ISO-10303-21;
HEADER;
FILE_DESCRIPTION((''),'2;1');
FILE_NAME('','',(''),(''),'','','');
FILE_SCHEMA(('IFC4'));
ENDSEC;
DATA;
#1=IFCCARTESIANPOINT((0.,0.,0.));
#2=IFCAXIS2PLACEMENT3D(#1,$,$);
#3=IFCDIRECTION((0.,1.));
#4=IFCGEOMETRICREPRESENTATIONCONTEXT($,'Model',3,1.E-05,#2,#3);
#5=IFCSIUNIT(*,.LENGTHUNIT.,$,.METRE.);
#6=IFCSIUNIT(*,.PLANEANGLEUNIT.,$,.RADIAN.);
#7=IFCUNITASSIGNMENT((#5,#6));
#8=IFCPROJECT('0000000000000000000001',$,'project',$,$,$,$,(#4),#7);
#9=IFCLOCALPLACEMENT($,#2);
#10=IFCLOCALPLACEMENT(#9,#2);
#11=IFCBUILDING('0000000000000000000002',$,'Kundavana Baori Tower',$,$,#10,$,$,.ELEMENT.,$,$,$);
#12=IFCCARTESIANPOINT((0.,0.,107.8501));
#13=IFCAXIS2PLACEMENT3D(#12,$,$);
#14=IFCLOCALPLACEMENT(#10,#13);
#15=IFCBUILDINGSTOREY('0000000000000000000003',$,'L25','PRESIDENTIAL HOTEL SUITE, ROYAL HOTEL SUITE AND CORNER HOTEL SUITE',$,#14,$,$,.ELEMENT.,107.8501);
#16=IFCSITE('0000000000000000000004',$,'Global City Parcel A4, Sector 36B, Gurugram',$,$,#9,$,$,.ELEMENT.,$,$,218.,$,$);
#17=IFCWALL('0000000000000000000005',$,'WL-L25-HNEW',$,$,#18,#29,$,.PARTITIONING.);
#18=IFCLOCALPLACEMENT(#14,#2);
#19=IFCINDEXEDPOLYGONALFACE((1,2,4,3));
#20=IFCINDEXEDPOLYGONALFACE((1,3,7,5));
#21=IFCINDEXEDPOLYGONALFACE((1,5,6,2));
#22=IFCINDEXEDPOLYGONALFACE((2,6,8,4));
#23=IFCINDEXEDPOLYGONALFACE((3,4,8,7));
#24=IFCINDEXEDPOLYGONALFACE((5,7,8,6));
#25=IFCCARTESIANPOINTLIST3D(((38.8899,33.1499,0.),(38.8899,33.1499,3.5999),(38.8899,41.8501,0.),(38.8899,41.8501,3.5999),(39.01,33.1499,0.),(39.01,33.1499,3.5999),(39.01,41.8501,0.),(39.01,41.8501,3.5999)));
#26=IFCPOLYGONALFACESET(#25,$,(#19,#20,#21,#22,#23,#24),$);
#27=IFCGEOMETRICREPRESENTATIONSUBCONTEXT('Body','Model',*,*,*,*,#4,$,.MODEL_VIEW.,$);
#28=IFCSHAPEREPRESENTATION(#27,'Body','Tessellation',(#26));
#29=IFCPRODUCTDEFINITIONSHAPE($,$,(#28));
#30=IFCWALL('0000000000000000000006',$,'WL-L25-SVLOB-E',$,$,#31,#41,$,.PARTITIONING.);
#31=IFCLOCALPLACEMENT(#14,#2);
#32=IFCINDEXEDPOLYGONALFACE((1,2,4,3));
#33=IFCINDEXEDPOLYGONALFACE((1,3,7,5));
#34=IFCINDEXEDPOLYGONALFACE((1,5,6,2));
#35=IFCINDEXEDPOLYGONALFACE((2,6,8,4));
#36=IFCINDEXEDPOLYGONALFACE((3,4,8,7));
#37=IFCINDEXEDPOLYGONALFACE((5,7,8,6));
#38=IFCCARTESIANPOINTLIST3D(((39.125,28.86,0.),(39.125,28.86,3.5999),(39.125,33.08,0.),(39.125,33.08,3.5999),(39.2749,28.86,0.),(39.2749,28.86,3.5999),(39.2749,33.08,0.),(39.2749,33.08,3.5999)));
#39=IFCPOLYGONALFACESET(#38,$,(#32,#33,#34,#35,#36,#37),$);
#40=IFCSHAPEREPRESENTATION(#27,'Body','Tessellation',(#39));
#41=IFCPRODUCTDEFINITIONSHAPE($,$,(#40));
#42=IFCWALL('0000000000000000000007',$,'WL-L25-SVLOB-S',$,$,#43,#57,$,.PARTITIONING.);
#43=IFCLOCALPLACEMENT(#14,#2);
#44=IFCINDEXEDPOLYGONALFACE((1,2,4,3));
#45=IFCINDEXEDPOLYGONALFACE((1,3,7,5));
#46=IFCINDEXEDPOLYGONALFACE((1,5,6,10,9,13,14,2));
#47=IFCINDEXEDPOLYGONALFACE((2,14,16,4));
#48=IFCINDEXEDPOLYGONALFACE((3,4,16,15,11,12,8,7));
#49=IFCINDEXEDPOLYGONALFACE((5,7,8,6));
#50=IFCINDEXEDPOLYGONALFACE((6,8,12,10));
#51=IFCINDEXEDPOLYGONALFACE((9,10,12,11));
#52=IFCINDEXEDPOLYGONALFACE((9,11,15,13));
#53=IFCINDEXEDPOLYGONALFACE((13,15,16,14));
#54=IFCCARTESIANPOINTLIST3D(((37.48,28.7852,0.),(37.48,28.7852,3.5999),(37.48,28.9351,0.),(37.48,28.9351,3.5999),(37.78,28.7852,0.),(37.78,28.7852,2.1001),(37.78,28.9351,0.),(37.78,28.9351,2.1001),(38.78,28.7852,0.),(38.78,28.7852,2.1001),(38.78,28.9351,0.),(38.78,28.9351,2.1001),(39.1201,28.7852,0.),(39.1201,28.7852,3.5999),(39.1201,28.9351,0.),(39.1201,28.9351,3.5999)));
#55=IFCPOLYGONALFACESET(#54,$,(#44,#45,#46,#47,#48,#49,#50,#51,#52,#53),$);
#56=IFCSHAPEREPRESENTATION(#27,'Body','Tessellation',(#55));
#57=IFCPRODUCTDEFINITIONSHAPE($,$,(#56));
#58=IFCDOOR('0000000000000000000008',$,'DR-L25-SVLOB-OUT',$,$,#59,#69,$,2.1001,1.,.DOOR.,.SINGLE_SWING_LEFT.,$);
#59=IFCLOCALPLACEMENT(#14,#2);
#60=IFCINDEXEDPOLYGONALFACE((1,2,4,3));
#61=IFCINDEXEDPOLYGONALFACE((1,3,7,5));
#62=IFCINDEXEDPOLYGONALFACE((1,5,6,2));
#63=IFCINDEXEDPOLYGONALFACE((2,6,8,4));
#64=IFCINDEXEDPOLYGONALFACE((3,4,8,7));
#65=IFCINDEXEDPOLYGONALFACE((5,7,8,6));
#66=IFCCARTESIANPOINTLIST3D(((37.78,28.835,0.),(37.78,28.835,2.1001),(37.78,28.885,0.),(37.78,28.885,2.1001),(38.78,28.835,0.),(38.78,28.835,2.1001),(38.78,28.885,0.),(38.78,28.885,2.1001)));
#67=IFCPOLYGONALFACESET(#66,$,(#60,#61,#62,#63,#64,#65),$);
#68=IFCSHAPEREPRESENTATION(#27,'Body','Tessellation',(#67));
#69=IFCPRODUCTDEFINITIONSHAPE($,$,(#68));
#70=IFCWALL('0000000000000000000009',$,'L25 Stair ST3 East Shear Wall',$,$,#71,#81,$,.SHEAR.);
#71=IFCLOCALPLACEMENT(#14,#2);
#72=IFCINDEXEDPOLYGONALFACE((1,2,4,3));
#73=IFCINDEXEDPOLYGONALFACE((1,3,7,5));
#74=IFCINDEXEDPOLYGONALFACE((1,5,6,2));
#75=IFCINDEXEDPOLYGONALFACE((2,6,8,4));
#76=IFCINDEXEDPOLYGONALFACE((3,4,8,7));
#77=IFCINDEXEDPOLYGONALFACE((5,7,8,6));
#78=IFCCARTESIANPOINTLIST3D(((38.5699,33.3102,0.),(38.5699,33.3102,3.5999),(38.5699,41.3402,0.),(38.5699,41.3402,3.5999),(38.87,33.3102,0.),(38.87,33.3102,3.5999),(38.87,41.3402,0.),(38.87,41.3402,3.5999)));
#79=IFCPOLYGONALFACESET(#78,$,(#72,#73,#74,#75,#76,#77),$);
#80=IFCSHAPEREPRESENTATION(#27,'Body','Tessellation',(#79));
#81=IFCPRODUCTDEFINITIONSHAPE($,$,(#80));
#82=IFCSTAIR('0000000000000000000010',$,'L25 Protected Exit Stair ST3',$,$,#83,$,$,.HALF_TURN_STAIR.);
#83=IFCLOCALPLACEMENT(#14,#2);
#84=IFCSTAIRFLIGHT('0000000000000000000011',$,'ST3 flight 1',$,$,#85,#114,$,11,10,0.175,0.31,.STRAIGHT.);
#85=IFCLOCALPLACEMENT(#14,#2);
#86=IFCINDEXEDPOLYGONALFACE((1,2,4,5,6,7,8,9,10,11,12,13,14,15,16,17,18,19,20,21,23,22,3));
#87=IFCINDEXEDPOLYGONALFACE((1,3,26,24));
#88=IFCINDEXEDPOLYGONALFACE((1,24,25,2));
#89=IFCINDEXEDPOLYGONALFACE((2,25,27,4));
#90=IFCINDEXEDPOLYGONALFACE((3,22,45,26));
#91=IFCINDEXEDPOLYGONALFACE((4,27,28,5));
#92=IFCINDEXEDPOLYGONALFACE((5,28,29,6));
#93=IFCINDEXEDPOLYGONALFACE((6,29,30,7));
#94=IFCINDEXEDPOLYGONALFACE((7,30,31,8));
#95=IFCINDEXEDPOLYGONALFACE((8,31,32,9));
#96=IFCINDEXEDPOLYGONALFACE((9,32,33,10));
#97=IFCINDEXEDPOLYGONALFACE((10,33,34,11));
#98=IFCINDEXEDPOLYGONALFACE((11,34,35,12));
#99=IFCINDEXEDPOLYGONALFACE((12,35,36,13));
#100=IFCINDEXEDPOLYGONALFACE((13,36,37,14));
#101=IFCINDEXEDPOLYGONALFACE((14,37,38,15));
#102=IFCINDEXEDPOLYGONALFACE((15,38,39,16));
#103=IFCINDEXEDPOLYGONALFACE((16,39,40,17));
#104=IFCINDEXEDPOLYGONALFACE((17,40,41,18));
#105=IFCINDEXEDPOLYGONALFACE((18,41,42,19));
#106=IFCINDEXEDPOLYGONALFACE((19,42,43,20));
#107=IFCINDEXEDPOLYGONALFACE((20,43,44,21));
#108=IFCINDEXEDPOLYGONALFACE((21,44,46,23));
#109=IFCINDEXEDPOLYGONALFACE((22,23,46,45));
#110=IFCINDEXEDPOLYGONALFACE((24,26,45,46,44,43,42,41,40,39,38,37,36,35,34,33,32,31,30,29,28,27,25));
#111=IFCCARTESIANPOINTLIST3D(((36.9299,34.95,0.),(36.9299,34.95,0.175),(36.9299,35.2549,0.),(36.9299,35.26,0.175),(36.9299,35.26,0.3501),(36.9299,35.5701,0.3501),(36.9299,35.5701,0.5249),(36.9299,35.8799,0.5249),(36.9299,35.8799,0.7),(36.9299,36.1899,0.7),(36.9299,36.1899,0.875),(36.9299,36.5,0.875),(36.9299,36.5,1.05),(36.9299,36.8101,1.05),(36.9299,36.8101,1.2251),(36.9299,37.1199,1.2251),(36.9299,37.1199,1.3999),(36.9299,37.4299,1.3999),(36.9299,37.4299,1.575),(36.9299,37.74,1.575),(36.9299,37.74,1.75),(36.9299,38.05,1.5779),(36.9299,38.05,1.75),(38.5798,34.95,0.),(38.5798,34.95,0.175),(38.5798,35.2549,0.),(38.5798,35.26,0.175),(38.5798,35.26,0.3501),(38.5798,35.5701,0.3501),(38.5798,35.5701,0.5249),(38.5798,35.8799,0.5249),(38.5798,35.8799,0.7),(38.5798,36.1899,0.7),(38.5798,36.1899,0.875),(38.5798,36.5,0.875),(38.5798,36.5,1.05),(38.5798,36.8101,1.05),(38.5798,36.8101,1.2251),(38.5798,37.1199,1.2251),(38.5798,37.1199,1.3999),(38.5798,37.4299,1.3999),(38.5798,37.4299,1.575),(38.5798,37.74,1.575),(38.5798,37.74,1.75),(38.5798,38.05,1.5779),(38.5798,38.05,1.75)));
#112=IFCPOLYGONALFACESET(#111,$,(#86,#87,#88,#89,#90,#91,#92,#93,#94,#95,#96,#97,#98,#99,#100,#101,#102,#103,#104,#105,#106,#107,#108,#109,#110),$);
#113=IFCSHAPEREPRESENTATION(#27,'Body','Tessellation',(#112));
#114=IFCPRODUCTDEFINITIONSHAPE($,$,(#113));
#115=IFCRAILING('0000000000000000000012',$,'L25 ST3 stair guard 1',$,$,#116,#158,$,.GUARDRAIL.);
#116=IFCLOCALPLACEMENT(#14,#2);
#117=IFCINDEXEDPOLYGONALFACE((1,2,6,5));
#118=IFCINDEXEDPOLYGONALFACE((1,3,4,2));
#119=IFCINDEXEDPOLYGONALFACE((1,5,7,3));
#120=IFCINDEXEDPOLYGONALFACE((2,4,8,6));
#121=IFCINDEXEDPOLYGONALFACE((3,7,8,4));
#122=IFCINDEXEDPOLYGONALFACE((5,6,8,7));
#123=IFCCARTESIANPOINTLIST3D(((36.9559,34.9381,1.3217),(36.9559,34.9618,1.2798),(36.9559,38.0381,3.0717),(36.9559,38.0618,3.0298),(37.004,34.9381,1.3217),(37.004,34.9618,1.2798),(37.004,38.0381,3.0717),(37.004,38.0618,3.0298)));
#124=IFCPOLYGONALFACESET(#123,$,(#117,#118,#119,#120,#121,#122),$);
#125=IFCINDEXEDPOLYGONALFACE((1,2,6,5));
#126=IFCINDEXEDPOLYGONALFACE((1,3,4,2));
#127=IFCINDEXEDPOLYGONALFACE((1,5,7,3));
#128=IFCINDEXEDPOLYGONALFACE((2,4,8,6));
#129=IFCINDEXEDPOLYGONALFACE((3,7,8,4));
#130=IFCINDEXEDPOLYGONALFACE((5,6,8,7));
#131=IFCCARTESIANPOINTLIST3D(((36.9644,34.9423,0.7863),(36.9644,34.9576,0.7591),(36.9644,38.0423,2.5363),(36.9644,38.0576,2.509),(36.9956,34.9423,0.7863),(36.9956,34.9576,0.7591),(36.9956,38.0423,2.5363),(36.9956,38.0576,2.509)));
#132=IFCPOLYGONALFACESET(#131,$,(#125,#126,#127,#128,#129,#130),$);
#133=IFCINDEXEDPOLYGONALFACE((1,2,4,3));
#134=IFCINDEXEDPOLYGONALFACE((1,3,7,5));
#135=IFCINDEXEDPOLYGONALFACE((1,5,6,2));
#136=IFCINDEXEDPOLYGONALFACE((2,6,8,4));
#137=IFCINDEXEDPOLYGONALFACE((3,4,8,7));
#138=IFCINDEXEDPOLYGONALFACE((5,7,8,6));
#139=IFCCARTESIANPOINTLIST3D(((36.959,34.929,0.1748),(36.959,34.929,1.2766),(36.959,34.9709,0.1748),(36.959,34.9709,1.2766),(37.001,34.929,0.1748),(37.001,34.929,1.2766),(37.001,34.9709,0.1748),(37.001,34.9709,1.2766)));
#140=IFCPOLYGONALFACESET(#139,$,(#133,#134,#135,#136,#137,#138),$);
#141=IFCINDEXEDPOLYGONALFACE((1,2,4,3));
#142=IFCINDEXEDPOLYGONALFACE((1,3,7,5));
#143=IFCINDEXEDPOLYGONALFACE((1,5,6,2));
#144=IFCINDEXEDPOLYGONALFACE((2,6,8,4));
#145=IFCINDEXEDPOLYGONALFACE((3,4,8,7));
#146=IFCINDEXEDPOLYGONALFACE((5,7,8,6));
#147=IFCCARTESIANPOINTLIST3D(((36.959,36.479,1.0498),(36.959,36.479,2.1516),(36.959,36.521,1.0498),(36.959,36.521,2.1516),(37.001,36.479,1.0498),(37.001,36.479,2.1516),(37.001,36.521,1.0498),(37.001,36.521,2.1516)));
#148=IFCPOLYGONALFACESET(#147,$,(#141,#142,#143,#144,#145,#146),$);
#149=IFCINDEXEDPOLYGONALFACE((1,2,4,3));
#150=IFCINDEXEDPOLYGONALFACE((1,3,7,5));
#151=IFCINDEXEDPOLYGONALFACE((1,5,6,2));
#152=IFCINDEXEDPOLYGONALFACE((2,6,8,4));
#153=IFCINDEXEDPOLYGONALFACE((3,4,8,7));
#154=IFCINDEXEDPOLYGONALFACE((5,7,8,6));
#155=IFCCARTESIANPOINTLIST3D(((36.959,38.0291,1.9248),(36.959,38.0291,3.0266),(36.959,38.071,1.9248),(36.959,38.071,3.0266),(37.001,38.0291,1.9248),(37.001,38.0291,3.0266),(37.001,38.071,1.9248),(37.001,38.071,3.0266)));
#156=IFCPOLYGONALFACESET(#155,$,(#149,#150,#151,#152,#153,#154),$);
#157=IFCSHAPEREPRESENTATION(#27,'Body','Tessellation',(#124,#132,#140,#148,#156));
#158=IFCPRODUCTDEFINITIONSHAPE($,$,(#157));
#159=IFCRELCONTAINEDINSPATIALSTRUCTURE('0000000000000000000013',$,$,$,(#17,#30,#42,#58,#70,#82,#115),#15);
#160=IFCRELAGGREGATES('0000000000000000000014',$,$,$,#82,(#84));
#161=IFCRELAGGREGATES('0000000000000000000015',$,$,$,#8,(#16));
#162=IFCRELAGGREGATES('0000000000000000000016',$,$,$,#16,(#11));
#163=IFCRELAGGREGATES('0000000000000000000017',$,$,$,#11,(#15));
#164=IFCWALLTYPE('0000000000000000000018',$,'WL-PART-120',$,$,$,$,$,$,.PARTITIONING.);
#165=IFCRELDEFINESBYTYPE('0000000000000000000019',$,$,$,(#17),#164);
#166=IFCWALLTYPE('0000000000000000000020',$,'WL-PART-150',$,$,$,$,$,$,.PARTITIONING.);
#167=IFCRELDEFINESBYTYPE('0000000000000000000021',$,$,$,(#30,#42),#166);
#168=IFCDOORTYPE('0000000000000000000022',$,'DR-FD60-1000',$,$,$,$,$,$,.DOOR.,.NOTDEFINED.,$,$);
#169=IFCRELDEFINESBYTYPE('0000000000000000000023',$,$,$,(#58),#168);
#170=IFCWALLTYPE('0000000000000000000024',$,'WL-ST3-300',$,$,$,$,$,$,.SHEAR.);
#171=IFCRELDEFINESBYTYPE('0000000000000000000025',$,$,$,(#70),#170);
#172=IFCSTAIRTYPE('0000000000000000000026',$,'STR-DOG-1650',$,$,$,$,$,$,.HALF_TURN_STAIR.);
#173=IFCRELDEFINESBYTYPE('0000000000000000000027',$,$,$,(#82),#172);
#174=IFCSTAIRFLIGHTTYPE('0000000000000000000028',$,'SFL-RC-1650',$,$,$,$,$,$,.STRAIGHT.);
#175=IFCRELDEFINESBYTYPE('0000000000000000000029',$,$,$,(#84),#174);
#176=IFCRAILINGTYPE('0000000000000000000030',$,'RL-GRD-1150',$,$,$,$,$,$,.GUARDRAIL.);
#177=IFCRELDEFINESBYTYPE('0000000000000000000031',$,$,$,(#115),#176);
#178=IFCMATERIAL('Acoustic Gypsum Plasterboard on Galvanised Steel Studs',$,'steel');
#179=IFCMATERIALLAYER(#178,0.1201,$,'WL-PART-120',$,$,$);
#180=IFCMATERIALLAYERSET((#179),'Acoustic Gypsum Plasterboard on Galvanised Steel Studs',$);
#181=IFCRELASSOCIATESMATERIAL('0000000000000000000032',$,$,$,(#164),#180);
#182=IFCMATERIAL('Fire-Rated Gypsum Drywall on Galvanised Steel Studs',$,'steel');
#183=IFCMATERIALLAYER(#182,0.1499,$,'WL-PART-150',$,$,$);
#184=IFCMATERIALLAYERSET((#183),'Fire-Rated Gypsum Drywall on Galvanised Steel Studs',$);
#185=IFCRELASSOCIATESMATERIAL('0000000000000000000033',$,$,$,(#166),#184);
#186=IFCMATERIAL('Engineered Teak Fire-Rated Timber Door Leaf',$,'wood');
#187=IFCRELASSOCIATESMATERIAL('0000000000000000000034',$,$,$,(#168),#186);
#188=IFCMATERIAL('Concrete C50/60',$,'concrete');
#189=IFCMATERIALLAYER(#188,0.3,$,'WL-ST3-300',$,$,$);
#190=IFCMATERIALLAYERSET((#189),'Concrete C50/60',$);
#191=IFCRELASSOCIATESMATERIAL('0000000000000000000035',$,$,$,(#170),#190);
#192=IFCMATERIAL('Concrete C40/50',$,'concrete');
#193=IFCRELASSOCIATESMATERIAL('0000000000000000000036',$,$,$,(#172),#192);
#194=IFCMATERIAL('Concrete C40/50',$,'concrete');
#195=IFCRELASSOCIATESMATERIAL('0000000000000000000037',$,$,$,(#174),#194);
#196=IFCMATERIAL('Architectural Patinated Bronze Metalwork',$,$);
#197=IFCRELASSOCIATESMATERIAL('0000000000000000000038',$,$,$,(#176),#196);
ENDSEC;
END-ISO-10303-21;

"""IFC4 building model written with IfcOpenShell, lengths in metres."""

from ifc_helpers import new_model, si_unit, direction, frame, frame_2d, origin, origin_2d, place, context, subcontext, project, spatial, polyline, rectangle, outline, extrude, material, layer, layer_set, type_object, element, fill, aggregate, save


model = new_model("IFC4")

# Units and contexts
model_context = context("Model", 3, precision=1e-05, world=origin(), true_north=direction((0.0, 1.0)))
body_context = subcontext(model_context, "Body", "Model", "MODEL_VIEW")
ifc_project = project(units=[si_unit("LENGTHUNIT", "METRE"), si_unit("PLANEANGLEUNIT", "RADIAN")], contexts=[model_context])

# Site, building, storey
site_placement = place(None, origin())
site = spatial("IfcSite", under=ifc_project, at=site_placement, Name="Global City Parcel A4, Sector 36B, Gurugram", CompositionType="ELEMENT", RefElevation=218.0)
building_placement = place(site_placement, origin())
building = spatial("IfcBuilding", under=site, at=building_placement, Name="Kundavana Baori Tower", CompositionType="ELEMENT")
storey_placement = place(building_placement, frame((0.0, 0.0, 107.8501)))
storey = spatial("IfcBuildingStorey", under=building, at=storey_placement, Name="L25", Description="PRESIDENTIAL HOTEL SUITE, ROYAL HOTEL SUITE AND CORNER HOTEL SUITE", CompositionType="ELEMENT", Elevation=107.8501)

# Shared definitions
ifc_material_1 = material(Name="Acoustic Gypsum Plasterboard on Galvanised Steel Studs", Category="steel")
ifc_layer_1 = layer(ifc_material_1, 0.1201, Name="WL-PART-120")
ifc_layer_set_1 = layer_set([ifc_layer_1], Name="Acoustic Gypsum Plasterboard on Galvanised Steel Studs")
wall_type_1 = type_object("IfcWallType", Name="WL-PART-120", PredefinedType="PARTITIONING", material=ifc_layer_set_1)

# Walls
wall_1_placement = place(storey_placement, frame((38.95, 33.1499, 0.0), z_axis=(0.0, 0.0, 1.0), x_axis=(0.0, 1.0, 0.0)))
element("IfcWall", 1, at=wall_1_placement, inside=storey, type_object=wall_type_1, Name="WL-L25-HNEW", PredefinedType="PARTITIONING", context=body_context, shape_type="SweptSolid", body=[
    extrude(rectangle(XDim=8.7002, YDim=0.1201, at=frame_2d((4.3501, 0.0))), origin(), (0.0, 0.0, 1.0), 3.5999),
])
ifc_material_2 = material(Name="Fire-Rated Gypsum Drywall on Galvanised Steel Studs", Category="steel")
ifc_layer_2 = layer(ifc_material_2, 0.1499, Name="WL-PART-150")
ifc_layer_set_2 = layer_set([ifc_layer_2], Name="Fire-Rated Gypsum Drywall on Galvanised Steel Studs")
wall_type_2 = type_object("IfcWallType", Name="WL-PART-150", PredefinedType="PARTITIONING", material=ifc_layer_set_2)
wall_2_placement = place(storey_placement, frame((39.2, 28.8601, 0.0), z_axis=(0.0, 0.0, 1.0), x_axis=(0.0, 1.0, 0.0)))
element("IfcWall", 2, at=wall_2_placement, inside=storey, type_object=wall_type_2, Name="WL-L25-SVLOB-E", PredefinedType="PARTITIONING", context=body_context, shape_type="SweptSolid", body=[
    extrude(rectangle(XDim=4.22, YDim=0.1499, at=frame_2d((2.1099, 0.0))), origin(), (0.0, 0.0, 1.0), 3.5999),
])

# Wall, opening, door
wall_3_placement = place(storey_placement, frame((37.48, 28.8601, 0.0), z_axis=(0.0, 0.0, 1.0), x_axis=(1.0, 0.0, 0.0)))
wall_3 = element("IfcWall", 3, at=wall_3_placement, inside=storey, type_object=wall_type_2, Name="WL-L25-SVLOB-S", PredefinedType="PARTITIONING", context=body_context, shape_type="SweptSolid", body=[
    extrude(rectangle(XDim=1.6401, YDim=0.1499, at=frame_2d((0.8201, 0.0))), origin(), (0.0, 0.0, 1.0), 3.5999),
])
opening_1_placement = place(wall_3_placement, frame((0.3, 0.0, 0.0)))
opening_1 = element("IfcOpeningElement", 4, at=opening_1_placement, cuts=wall_3, PredefinedType="OPENING", context=body_context, shape_type="SweptSolid", body=[
    extrude(rectangle(XDim=1.0, YDim=2.1001, at=frame_2d((0.5, 1.05))), frame((0.0, 0.085, 0.0), z_axis=(0.0, -1.0, 0.0), x_axis=(1.0, 0.0, 0.0)), (0.0, 0.0, 1.0), 0.1699),
])
ifc_material_3 = material(Name="Engineered Teak Fire-Rated Timber Door Leaf", Category="wood")
door_type_1 = type_object("IfcDoorType", Name="DR-FD60-1000", OperationType="NOTDEFINED", PredefinedType="DOOR", material=ifc_material_3)
door_1_placement = place(opening_1_placement, origin())
door_1 = element("IfcDoor", 5, at=door_1_placement, inside=storey, type_object=door_type_1, Name="DR-L25-SVLOB-OUT", OperationType="SINGLE_SWING_LEFT", OverallHeight=2.1001, OverallWidth=1.0, PredefinedType="DOOR", context=body_context, shape_type="SweptSolid", body=[
    extrude(rectangle(XDim=1.0, YDim=2.1001, at=frame_2d((0.5, 1.05))), frame((0.0, 0.0249, 0.0), z_axis=(0.0, -1.0, 0.0), x_axis=(1.0, 0.0, 0.0)), (0.0, 0.0, 1.0), 0.05),
])
fill(opening_1, door_1)

# Wall
ifc_material_4 = material(Name="Concrete C50/60", Category="concrete")
ifc_layer_3 = layer(ifc_material_4, 0.3, Name="WL-ST3-300")
ifc_layer_set_3 = layer_set([ifc_layer_3], Name="Concrete C50/60")
wall_type_3 = type_object("IfcWallType", Name="WL-ST3-300", PredefinedType="SHEAR", material=ifc_layer_set_3)
wall_4_placement = place(storey_placement, frame((38.72, 33.3101, 0.0), z_axis=(0.0, 0.0, 1.0), x_axis=(0.0, 1.0, 0.0)))
element("IfcWall", 6, at=wall_4_placement, inside=storey, type_object=wall_type_3, Name="L25 Stair ST3 East Shear Wall", PredefinedType="SHEAR", context=body_context, shape_type="SweptSolid", body=[
    extrude(rectangle(XDim=8.03, YDim=0.3, at=frame_2d((4.0151, 0.0))), origin(), (0.0, 0.0, 1.0), 3.5999),
])

# Stair, stair flight
ifc_material_5 = material(Name="Concrete C40/50", Category="concrete")
stair_type = type_object("IfcStairType", Name="STR-DOG-1650", PredefinedType="HALF_TURN_STAIR", material=ifc_material_5)
stair_placement = place(storey_placement, origin())
stair = element("IfcStair", 7, at=stair_placement, inside=storey, type_object=stair_type, Name="L25 Protected Exit Stair ST3", PredefinedType="HALF_TURN_STAIR")
ifc_material_6 = material(Name="Concrete C40/50", Category="concrete")
stair_flight_type = type_object("IfcStairFlightType", Name="SFL-RC-1650", PredefinedType="STRAIGHT", material=ifc_material_6)
stair_flight_placement = place(storey_placement, frame((37.7549, 34.95, 0.0), z_axis=(0.0, 0.0, 1.0), x_axis=(0.0, 1.0, 0.0)))
stair_flight = element("IfcStairFlight", 8, at=stair_flight_placement, type_object=stair_flight_type, Name="ST3 flight 1", NumberOfRisers=11, NumberOfTreads=10, PredefinedType="STRAIGHT", RiserHeight=0.175, TreadLength=0.31, context=body_context, shape_type="SweptSolid", body=[
    extrude(outline(polyline([(0.0, 0.0), (0.0, 0.175), (0.3101, 0.175), (0.3101, 0.3501), (0.6201, 0.3501), (0.6201, 0.5249), (0.9299, 0.5249), (0.9299, 0.7), (1.24, 0.7), (1.24, 0.875), (1.55, 0.875), (1.55, 1.05), (1.8601, 1.05), (1.8601, 1.2251), (2.1699, 1.2251), (2.1699, 1.3999), (2.48, 1.3999), (2.48, 1.575), (2.79, 1.575), (2.79, 1.75), (3.1001, 1.75), (3.1001, 1.925), (3.1001, 1.5779), (0.3049, 0.0), (0.0, 0.0)])), frame((0.0, 0.825, 0.0), z_axis=(0.0, -1.0, 0.0), x_axis=(1.0, 0.0, 0.0)), (0.0, 0.0, 1.0), 1.6499),
])
aggregate(stair, [stair_flight])

# Railing
ifc_material_7 = material(Name="Architectural Patinated Bronze Metalwork")
railing_type_1 = type_object("IfcRailingType", Name="RL-GRD-1150", PredefinedType="GUARDRAIL", material=ifc_material_7)
railing_1_placement = place(storey_placement, frame((36.98, 34.95, 0.1748)))
element("IfcRailing", 9, at=railing_1_placement, inside=storey, type_object=railing_type_1, Name="L25 ST3 stair guard 1", PredefinedType="GUARDRAIL", context=body_context, shape_type="SweptSolid", body=[
    extrude(rectangle(XDim=0.0481, YDim=0.0481, at=origin_2d()), frame((0.0, 0.0, 1.126), z_axis=(0.0, 0.870831, 0.491583), x_axis=(-1.0, 0.0, 0.0)), (0.0, 0.0, 1.0), 3.5598),
    extrude(rectangle(XDim=0.0312, YDim=0.0312, at=origin_2d()), frame((0.0, 0.0, 0.5979), z_axis=(0.0, 0.870831, 0.491583), x_axis=(-1.0, 0.0, 0.0)), (0.0, 0.0, 1.0), 3.5598),
    extrude(rectangle(XDim=0.042, YDim=0.042, at=origin_2d()), origin(), (0.0, 0.0, 1.0), 1.1018),
    extrude(rectangle(XDim=0.042, YDim=0.042, at=origin_2d()), frame((0.0, 1.55, 0.875)), (0.0, 0.0, 1.0), 1.1018),
    extrude(rectangle(XDim=0.042, YDim=0.042, at=origin_2d()), frame((0.0, 3.1001, 1.75)), (0.0, 0.0, 1.0), 1.1018),
])

save(model, "model.ifc")
